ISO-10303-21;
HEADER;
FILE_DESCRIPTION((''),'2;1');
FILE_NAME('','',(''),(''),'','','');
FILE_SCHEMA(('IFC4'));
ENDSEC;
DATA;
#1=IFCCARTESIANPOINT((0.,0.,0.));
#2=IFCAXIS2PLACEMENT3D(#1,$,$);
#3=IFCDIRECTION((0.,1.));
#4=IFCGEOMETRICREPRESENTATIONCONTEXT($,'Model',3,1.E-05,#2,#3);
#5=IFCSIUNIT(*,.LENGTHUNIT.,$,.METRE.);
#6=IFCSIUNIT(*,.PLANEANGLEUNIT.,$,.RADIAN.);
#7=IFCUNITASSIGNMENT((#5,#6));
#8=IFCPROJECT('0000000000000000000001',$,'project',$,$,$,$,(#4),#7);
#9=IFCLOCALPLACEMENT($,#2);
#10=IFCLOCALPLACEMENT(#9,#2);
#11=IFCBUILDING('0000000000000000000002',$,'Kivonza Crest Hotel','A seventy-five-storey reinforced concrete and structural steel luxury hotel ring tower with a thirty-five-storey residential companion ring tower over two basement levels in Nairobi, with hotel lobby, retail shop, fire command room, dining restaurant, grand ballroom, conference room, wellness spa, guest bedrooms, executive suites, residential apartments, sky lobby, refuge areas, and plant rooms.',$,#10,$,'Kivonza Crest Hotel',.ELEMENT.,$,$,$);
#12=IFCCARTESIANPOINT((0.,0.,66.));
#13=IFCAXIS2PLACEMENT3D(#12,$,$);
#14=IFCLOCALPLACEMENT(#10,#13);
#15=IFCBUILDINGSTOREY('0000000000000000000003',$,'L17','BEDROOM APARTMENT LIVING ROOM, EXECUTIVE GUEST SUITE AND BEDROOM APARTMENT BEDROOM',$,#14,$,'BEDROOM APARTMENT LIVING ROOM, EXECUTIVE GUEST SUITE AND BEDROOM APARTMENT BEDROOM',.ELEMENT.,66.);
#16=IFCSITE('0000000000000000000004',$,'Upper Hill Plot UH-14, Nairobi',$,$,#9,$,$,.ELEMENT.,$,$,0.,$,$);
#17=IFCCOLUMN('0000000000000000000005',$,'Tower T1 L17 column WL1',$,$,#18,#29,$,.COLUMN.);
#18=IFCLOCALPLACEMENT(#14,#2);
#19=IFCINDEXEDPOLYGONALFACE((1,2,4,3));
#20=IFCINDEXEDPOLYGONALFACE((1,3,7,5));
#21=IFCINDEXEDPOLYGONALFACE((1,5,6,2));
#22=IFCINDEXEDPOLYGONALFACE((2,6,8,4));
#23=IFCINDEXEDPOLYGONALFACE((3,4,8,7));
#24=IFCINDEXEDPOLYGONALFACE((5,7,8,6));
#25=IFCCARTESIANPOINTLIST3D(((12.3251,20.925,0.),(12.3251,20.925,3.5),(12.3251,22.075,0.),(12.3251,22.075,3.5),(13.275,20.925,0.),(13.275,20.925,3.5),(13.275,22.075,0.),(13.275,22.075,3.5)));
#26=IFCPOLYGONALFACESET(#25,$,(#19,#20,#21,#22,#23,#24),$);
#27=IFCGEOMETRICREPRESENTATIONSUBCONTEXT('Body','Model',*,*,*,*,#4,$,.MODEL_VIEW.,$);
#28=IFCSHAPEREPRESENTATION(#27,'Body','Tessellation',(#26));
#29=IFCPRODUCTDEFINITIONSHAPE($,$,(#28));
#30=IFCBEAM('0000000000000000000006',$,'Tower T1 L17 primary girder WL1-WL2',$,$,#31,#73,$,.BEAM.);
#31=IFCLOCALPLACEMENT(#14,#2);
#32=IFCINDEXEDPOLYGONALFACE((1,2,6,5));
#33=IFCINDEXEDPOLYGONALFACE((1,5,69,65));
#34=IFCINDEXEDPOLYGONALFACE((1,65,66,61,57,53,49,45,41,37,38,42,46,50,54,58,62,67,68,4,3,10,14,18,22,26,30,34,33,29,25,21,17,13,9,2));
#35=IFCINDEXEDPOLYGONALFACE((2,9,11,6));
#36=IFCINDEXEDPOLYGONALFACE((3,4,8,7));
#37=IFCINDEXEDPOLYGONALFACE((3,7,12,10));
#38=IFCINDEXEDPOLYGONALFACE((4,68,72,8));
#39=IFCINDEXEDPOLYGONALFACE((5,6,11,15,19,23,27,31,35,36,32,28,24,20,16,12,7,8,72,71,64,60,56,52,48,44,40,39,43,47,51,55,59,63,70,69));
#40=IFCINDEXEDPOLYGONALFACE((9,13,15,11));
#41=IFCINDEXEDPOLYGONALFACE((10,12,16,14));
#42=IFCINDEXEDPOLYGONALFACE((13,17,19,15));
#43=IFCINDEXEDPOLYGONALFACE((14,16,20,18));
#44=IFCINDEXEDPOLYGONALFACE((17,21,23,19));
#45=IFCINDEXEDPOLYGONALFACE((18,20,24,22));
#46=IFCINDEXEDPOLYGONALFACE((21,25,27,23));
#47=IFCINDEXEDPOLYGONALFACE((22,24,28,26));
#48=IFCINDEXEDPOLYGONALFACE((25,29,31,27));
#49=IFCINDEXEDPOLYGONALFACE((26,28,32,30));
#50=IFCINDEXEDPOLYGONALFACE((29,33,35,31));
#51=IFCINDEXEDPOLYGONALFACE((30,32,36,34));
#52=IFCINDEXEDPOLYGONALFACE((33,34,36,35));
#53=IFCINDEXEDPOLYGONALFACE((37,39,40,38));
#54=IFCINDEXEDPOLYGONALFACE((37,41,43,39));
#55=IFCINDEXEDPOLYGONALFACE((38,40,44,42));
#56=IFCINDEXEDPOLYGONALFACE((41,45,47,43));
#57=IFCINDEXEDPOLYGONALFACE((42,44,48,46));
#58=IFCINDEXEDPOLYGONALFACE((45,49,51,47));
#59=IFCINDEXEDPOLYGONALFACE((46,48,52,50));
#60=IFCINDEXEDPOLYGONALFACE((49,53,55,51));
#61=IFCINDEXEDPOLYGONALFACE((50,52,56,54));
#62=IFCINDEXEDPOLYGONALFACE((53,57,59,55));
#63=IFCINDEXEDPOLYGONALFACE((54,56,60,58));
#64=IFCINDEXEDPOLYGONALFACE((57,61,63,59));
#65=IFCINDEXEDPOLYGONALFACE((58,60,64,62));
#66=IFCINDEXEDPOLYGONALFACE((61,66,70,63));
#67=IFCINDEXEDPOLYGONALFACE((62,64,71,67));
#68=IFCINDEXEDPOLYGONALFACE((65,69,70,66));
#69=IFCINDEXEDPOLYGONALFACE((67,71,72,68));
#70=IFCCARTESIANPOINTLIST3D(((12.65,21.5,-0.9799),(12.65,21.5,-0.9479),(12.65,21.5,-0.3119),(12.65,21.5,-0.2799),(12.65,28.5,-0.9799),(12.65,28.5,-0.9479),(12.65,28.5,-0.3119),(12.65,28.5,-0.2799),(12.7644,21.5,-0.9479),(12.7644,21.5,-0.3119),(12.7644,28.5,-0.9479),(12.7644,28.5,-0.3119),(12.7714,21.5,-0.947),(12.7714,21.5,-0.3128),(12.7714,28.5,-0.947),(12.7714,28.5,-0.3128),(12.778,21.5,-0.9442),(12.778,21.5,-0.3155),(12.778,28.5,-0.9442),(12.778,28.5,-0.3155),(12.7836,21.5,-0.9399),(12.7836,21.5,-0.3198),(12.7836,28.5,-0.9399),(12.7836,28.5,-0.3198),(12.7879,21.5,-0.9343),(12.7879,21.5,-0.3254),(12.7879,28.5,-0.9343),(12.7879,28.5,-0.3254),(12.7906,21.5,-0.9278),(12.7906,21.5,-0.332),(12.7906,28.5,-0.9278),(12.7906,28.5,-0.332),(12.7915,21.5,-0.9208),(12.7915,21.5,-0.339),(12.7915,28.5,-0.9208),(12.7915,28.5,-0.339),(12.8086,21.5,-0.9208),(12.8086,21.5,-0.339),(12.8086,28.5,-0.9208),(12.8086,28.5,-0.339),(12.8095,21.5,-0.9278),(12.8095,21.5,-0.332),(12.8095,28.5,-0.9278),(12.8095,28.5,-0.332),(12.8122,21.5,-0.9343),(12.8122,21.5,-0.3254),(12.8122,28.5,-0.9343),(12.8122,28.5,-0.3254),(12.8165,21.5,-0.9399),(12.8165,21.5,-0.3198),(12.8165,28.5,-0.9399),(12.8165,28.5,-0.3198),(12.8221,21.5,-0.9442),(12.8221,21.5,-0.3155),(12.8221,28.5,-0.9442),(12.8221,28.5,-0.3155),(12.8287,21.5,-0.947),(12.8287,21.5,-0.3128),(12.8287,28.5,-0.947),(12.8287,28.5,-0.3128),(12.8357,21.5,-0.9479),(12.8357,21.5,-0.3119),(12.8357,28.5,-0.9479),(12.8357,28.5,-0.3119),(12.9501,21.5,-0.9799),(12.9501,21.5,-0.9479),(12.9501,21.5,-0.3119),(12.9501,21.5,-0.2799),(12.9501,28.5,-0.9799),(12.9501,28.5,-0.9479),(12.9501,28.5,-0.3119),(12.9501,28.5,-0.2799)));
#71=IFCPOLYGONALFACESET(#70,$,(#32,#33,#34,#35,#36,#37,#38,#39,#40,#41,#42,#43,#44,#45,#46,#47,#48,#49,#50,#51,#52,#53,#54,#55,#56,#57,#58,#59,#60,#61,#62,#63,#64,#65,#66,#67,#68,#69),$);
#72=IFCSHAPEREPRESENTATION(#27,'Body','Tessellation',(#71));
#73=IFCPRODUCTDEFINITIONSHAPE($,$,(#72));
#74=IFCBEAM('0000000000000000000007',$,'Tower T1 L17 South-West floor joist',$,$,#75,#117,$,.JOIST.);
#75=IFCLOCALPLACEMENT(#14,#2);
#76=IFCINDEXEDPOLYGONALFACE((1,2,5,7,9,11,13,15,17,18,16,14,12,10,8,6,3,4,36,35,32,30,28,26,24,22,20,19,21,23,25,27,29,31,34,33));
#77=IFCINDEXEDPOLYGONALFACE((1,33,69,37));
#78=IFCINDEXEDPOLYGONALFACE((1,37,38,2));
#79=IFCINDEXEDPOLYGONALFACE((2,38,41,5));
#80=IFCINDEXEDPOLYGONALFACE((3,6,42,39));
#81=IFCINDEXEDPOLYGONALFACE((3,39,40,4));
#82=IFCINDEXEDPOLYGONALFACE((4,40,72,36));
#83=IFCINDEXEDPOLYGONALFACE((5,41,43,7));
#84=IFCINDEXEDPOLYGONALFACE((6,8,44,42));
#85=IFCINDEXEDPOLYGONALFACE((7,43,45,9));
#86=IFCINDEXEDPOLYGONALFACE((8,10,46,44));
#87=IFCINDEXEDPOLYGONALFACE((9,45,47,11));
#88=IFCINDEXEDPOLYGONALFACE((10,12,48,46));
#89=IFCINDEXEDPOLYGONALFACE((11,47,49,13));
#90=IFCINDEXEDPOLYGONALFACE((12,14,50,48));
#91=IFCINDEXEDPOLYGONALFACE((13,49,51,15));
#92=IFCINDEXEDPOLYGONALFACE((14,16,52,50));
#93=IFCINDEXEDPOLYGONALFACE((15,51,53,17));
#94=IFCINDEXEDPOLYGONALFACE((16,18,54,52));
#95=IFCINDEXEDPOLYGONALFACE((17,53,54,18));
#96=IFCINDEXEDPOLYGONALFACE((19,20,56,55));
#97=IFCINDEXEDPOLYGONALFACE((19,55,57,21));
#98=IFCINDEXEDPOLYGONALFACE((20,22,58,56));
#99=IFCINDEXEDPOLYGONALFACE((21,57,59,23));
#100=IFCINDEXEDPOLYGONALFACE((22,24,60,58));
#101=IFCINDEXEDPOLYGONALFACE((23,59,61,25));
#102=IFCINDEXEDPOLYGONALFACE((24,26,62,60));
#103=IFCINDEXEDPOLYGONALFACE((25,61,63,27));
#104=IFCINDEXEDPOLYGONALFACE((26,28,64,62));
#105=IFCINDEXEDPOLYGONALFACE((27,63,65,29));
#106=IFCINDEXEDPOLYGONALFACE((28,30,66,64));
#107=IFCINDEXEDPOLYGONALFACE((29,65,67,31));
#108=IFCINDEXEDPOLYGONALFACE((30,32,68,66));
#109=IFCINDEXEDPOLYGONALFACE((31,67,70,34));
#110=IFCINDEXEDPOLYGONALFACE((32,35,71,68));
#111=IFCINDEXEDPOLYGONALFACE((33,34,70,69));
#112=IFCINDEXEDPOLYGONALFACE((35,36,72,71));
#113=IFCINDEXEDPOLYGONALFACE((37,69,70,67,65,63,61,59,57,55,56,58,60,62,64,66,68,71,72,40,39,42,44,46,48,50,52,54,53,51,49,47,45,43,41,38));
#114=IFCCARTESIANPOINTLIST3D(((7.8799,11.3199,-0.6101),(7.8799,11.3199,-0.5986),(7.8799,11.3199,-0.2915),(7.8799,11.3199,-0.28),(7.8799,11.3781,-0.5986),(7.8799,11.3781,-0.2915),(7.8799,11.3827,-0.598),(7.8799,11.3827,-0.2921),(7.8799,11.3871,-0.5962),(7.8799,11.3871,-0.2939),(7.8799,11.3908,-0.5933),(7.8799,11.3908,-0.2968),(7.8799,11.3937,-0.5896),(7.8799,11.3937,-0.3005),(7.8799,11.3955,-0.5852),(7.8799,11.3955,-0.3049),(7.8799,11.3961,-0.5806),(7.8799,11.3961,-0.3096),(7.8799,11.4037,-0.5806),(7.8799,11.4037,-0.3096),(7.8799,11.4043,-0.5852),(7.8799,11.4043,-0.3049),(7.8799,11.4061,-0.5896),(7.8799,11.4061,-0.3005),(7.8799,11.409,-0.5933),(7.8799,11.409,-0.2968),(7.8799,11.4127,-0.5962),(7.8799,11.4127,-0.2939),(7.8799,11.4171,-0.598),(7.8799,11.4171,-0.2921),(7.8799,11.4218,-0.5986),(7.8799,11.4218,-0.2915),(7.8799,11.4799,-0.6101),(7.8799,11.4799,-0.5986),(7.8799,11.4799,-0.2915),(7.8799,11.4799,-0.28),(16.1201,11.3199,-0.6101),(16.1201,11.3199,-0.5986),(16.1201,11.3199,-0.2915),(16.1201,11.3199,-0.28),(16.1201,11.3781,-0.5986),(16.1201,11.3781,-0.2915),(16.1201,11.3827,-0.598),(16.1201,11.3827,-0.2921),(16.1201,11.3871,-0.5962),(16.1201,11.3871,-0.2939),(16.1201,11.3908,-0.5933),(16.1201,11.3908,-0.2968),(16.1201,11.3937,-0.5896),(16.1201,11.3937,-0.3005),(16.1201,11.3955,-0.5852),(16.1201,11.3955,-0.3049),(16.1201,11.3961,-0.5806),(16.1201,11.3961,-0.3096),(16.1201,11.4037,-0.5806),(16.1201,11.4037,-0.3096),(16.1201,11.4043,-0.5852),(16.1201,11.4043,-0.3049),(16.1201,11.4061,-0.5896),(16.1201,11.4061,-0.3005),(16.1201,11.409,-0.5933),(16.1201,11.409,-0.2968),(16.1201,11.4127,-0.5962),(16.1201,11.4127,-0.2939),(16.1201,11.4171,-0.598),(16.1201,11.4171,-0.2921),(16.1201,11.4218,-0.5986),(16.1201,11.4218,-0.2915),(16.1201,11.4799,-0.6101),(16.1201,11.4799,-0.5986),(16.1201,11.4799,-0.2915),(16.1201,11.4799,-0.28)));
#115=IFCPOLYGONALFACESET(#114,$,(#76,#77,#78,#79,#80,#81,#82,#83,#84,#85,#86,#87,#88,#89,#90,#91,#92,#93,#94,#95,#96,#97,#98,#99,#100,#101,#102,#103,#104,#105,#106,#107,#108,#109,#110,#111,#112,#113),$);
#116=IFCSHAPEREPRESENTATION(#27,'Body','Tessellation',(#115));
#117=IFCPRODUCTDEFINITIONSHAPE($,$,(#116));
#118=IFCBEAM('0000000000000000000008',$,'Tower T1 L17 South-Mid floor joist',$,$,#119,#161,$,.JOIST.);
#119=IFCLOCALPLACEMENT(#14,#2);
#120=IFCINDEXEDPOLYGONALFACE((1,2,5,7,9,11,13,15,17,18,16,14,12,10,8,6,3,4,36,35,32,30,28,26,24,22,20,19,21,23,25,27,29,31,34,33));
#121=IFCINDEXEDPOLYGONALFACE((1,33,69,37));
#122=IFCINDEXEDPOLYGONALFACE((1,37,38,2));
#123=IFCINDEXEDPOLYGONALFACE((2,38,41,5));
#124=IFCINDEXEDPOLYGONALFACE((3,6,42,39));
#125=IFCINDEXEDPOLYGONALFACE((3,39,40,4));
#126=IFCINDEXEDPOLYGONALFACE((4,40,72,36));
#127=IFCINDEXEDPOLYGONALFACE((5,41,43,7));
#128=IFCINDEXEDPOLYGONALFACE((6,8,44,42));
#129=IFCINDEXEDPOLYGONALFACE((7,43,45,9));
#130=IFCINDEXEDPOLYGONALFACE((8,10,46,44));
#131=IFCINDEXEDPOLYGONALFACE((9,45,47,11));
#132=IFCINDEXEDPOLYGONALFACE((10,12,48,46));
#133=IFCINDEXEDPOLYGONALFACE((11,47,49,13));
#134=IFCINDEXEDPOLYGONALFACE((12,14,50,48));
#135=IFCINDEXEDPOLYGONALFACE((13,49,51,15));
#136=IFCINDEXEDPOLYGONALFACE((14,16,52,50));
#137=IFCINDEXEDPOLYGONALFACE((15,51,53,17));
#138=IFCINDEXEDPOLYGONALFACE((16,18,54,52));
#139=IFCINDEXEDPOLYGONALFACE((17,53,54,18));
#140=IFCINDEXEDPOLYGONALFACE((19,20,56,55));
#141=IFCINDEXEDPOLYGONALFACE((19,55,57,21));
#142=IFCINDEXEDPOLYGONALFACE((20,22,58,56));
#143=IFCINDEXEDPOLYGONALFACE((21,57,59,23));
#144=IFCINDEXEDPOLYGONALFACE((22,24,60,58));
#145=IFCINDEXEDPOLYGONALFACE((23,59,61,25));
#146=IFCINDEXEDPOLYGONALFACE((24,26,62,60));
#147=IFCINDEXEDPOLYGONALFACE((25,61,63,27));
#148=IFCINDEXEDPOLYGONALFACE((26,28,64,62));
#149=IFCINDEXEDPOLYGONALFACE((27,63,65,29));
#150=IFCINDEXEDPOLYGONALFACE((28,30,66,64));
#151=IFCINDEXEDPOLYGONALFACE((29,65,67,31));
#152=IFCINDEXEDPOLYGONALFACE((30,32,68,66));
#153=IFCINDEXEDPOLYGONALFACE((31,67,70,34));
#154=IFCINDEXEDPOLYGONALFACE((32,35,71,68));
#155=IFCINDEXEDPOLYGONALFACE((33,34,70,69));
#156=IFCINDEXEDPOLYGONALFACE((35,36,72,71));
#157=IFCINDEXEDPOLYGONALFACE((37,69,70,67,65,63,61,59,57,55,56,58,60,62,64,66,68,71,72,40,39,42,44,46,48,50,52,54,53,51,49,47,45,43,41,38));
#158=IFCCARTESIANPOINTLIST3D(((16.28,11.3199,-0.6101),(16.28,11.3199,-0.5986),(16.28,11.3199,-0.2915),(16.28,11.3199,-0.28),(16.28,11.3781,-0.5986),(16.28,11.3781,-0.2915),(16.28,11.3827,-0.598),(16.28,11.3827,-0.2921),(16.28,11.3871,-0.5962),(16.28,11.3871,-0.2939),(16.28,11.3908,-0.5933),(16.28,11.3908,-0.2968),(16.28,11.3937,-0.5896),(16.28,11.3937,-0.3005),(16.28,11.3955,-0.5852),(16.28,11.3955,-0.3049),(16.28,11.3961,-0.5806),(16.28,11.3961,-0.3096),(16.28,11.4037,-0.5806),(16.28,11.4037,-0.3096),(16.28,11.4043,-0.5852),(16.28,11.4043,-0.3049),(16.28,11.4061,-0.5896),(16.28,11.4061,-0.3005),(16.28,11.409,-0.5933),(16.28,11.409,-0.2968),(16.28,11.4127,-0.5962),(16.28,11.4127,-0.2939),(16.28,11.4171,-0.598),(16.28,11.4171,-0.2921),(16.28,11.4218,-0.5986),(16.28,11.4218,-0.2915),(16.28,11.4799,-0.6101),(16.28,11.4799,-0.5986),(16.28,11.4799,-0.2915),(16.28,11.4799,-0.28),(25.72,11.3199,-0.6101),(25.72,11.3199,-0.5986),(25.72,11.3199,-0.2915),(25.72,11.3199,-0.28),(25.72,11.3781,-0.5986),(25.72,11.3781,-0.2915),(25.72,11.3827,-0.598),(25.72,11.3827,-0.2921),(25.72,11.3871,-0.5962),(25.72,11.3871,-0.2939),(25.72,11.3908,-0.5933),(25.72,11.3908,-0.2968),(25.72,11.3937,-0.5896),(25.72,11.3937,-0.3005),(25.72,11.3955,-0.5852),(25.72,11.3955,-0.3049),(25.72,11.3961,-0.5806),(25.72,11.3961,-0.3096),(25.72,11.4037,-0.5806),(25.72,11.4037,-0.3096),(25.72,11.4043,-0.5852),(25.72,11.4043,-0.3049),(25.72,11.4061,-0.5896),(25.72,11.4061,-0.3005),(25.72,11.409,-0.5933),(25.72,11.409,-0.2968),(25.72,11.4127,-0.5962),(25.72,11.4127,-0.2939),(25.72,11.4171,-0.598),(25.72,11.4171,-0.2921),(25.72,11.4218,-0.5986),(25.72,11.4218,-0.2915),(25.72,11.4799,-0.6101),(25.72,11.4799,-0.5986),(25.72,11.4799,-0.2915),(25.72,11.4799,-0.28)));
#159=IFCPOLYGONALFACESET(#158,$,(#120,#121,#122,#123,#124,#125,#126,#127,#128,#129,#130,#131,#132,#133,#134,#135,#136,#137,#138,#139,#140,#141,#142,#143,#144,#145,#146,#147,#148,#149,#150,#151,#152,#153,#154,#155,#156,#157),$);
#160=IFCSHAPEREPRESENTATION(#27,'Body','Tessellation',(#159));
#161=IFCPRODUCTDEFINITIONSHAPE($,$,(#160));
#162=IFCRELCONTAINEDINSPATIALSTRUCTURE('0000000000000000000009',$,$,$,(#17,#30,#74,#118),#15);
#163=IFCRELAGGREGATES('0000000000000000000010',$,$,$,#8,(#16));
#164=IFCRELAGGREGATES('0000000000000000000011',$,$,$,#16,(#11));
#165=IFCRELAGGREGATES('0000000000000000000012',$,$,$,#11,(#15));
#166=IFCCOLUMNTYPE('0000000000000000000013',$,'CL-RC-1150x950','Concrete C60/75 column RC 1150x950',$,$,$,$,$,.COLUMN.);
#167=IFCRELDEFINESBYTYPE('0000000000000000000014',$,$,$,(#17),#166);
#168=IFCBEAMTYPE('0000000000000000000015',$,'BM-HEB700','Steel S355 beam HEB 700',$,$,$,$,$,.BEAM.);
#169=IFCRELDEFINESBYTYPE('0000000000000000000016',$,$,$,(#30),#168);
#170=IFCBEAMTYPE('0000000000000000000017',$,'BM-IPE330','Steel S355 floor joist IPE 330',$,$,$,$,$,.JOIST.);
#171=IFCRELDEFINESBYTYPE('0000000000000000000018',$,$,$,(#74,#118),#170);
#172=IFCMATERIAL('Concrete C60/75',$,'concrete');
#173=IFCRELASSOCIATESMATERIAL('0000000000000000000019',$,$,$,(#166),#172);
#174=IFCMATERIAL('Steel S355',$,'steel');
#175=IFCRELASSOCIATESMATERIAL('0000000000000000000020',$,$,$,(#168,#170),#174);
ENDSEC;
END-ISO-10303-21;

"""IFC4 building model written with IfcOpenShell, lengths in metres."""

from ifc_helpers import new_model, si_unit, direction, frame, origin, origin_2d, place, context, subcontext, project, spatial, rectangle, i_section, extrude, material, material_profile, profile_set, type_object, element, save


model = new_model("IFC4")

# Units and contexts
model_context = context("Model", 3, precision=1e-05, world=origin(), true_north=direction((0.0, 1.0)))
body_context = subcontext(model_context, "Body", "Model", "MODEL_VIEW")
ifc_project = project(units=[si_unit("LENGTHUNIT", "METRE"), si_unit("PLANEANGLEUNIT", "RADIAN")], contexts=[model_context])

# Site, building, storey
site_placement = place(None, origin())
site = spatial("IfcSite", under=ifc_project, at=site_placement, Name="Upper Hill Plot UH-14, Nairobi", CompositionType="ELEMENT", RefElevation=0.0)
building_placement = place(site_placement, origin())
building = spatial("IfcBuilding", under=site, at=building_placement, Name="Kivonza Crest Hotel", Description="A seventy-five-storey reinforced concrete and structural steel luxury hotel ring tower with a thirty-five-storey residential companion ring tower over two basement levels in Nairobi, with hotel lobby, retail shop, fire command room, dining restaurant, grand ballroom, conference room, wellness spa, guest bedrooms, executive suites, residential apartments, sky lobby, refuge areas, and plant rooms.", LongName="Kivonza Crest Hotel", CompositionType="ELEMENT")
storey_placement = place(building_placement, frame((0.0, 0.0, 66.0)))
storey = spatial("IfcBuildingStorey", under=building, at=storey_placement, Name="L17", Description="BEDROOM APARTMENT LIVING ROOM, EXECUTIVE GUEST SUITE AND BEDROOM APARTMENT BEDROOM", LongName="BEDROOM APARTMENT LIVING ROOM, EXECUTIVE GUEST SUITE AND BEDROOM APARTMENT BEDROOM", CompositionType="ELEMENT", Elevation=66.0)

# Column
ifc_material_1 = material(Name="Concrete C60/75", Category="concrete")
ifc_material_profile_1 = material_profile(ifc_material_1, rectangle(XDim=0.95, YDim=1.1499, at=origin_2d()), Name="RC 1150x950")
ifc_profile_set_1 = profile_set([ifc_material_profile_1], Name="Concrete C60/75")
column_type = type_object("IfcColumnType", Name="CL-RC-1150x950", Description="Concrete C60/75 column RC 1150x950", PredefinedType="COLUMN", material=ifc_profile_set_1)
column_placement = place(storey_placement, frame((12.8, 21.5, 0.0), z_axis=(0.0, 0.0, 1.0), x_axis=(1.0, 0.0, 0.0)))
element("IfcColumn", 1, at=column_placement, inside=storey, type_object=column_type, Name="Tower T1 L17 column WL1", PredefinedType="COLUMN", context=body_context, shape_type="SweptSolid", body=[
    extrude(rectangle(XDim=0.95, YDim=1.1499, at=origin_2d()), origin(), (0.0, 0.0, 1.0), 3.5),
])

# Beams
ifc_material_2 = material(Name="Steel S355", Category="steel")
ifc_material_profile_2 = material_profile(ifc_material_2, i_section(OverallWidth=0.3, OverallDepth=0.7, WebThickness=0.0171, FlangeThickness=0.032, FilletRadius=0.0271, at=origin_2d()), Name="HEB 700")
ifc_profile_set_2 = profile_set([ifc_material_profile_2], Name="Steel S355")
beam_type_1 = type_object("IfcBeamType", Name="BM-HEB700", Description="Steel S355 beam HEB 700", PredefinedType="BEAM", material=ifc_profile_set_2)
beam_1_placement = place(storey_placement, frame((12.8, 21.5, -0.6299), z_axis=(0.0, 1.0, 0.0), x_axis=(-1.0, 0.0, 0.0)))
element("IfcBeam", 2, at=beam_1_placement, inside=storey, type_object=beam_type_1, Name="Tower T1 L17 primary girder WL1-WL2", PredefinedType="BEAM", context=body_context, shape_type="SweptSolid", body=[
    extrude(i_section(OverallWidth=0.3, OverallDepth=0.7, WebThickness=0.0171, FlangeThickness=0.032, FilletRadius=0.0271, at=origin_2d()), origin(), (0.0, 0.0, 1.0), 7.0),
])
ifc_material_profile_3 = material_profile(ifc_material_2, i_section(OverallWidth=0.1599, OverallDepth=0.3301, WebThickness=0.0076, FlangeThickness=0.0115, FilletRadius=0.0181, at=origin_2d()), Name="IPE 330")
ifc_profile_set_3 = profile_set([ifc_material_profile_3], Name="Steel S355")
beam_type_2 = type_object("IfcBeamType", Name="BM-IPE330", Description="Steel S355 floor joist IPE 330", PredefinedType="JOIST", material=ifc_profile_set_3)
beam_2_placement = place(storey_placement, frame((7.8799, 11.3999, -0.4451), z_axis=(1.0, 0.0, 0.0), x_axis=(0.0, 1.0, 0.0)))
element("IfcBeam", 3, at=beam_2_placement, inside=storey, type_object=beam_type_2, Name="Tower T1 L17 South-West floor joist", PredefinedType="JOIST", context=body_context, shape_type="SweptSolid", body=[
    extrude(i_section(OverallWidth=0.1599, OverallDepth=0.3301, WebThickness=0.0076, FlangeThickness=0.0115, FilletRadius=0.0181, at=origin_2d()), origin(), (0.0, 0.0, 1.0), 8.2402),
])
beam_3_placement = place(storey_placement, frame((16.28, 11.3999, -0.4451), z_axis=(1.0, 0.0, 0.0), x_axis=(0.0, 1.0, 0.0)))
element("IfcBeam", 4, at=beam_3_placement, inside=storey, type_object=beam_type_2, Name="Tower T1 L17 South-Mid floor joist", PredefinedType="JOIST", context=body_context, shape_type="SweptSolid", body=[
    extrude(i_section(OverallWidth=0.1599, OverallDepth=0.3301, WebThickness=0.0076, FlangeThickness=0.0115, FilletRadius=0.0181, at=origin_2d()), origin(), (0.0, 0.0, 1.0), 9.4399),
])

save(model, "model.ifc")
